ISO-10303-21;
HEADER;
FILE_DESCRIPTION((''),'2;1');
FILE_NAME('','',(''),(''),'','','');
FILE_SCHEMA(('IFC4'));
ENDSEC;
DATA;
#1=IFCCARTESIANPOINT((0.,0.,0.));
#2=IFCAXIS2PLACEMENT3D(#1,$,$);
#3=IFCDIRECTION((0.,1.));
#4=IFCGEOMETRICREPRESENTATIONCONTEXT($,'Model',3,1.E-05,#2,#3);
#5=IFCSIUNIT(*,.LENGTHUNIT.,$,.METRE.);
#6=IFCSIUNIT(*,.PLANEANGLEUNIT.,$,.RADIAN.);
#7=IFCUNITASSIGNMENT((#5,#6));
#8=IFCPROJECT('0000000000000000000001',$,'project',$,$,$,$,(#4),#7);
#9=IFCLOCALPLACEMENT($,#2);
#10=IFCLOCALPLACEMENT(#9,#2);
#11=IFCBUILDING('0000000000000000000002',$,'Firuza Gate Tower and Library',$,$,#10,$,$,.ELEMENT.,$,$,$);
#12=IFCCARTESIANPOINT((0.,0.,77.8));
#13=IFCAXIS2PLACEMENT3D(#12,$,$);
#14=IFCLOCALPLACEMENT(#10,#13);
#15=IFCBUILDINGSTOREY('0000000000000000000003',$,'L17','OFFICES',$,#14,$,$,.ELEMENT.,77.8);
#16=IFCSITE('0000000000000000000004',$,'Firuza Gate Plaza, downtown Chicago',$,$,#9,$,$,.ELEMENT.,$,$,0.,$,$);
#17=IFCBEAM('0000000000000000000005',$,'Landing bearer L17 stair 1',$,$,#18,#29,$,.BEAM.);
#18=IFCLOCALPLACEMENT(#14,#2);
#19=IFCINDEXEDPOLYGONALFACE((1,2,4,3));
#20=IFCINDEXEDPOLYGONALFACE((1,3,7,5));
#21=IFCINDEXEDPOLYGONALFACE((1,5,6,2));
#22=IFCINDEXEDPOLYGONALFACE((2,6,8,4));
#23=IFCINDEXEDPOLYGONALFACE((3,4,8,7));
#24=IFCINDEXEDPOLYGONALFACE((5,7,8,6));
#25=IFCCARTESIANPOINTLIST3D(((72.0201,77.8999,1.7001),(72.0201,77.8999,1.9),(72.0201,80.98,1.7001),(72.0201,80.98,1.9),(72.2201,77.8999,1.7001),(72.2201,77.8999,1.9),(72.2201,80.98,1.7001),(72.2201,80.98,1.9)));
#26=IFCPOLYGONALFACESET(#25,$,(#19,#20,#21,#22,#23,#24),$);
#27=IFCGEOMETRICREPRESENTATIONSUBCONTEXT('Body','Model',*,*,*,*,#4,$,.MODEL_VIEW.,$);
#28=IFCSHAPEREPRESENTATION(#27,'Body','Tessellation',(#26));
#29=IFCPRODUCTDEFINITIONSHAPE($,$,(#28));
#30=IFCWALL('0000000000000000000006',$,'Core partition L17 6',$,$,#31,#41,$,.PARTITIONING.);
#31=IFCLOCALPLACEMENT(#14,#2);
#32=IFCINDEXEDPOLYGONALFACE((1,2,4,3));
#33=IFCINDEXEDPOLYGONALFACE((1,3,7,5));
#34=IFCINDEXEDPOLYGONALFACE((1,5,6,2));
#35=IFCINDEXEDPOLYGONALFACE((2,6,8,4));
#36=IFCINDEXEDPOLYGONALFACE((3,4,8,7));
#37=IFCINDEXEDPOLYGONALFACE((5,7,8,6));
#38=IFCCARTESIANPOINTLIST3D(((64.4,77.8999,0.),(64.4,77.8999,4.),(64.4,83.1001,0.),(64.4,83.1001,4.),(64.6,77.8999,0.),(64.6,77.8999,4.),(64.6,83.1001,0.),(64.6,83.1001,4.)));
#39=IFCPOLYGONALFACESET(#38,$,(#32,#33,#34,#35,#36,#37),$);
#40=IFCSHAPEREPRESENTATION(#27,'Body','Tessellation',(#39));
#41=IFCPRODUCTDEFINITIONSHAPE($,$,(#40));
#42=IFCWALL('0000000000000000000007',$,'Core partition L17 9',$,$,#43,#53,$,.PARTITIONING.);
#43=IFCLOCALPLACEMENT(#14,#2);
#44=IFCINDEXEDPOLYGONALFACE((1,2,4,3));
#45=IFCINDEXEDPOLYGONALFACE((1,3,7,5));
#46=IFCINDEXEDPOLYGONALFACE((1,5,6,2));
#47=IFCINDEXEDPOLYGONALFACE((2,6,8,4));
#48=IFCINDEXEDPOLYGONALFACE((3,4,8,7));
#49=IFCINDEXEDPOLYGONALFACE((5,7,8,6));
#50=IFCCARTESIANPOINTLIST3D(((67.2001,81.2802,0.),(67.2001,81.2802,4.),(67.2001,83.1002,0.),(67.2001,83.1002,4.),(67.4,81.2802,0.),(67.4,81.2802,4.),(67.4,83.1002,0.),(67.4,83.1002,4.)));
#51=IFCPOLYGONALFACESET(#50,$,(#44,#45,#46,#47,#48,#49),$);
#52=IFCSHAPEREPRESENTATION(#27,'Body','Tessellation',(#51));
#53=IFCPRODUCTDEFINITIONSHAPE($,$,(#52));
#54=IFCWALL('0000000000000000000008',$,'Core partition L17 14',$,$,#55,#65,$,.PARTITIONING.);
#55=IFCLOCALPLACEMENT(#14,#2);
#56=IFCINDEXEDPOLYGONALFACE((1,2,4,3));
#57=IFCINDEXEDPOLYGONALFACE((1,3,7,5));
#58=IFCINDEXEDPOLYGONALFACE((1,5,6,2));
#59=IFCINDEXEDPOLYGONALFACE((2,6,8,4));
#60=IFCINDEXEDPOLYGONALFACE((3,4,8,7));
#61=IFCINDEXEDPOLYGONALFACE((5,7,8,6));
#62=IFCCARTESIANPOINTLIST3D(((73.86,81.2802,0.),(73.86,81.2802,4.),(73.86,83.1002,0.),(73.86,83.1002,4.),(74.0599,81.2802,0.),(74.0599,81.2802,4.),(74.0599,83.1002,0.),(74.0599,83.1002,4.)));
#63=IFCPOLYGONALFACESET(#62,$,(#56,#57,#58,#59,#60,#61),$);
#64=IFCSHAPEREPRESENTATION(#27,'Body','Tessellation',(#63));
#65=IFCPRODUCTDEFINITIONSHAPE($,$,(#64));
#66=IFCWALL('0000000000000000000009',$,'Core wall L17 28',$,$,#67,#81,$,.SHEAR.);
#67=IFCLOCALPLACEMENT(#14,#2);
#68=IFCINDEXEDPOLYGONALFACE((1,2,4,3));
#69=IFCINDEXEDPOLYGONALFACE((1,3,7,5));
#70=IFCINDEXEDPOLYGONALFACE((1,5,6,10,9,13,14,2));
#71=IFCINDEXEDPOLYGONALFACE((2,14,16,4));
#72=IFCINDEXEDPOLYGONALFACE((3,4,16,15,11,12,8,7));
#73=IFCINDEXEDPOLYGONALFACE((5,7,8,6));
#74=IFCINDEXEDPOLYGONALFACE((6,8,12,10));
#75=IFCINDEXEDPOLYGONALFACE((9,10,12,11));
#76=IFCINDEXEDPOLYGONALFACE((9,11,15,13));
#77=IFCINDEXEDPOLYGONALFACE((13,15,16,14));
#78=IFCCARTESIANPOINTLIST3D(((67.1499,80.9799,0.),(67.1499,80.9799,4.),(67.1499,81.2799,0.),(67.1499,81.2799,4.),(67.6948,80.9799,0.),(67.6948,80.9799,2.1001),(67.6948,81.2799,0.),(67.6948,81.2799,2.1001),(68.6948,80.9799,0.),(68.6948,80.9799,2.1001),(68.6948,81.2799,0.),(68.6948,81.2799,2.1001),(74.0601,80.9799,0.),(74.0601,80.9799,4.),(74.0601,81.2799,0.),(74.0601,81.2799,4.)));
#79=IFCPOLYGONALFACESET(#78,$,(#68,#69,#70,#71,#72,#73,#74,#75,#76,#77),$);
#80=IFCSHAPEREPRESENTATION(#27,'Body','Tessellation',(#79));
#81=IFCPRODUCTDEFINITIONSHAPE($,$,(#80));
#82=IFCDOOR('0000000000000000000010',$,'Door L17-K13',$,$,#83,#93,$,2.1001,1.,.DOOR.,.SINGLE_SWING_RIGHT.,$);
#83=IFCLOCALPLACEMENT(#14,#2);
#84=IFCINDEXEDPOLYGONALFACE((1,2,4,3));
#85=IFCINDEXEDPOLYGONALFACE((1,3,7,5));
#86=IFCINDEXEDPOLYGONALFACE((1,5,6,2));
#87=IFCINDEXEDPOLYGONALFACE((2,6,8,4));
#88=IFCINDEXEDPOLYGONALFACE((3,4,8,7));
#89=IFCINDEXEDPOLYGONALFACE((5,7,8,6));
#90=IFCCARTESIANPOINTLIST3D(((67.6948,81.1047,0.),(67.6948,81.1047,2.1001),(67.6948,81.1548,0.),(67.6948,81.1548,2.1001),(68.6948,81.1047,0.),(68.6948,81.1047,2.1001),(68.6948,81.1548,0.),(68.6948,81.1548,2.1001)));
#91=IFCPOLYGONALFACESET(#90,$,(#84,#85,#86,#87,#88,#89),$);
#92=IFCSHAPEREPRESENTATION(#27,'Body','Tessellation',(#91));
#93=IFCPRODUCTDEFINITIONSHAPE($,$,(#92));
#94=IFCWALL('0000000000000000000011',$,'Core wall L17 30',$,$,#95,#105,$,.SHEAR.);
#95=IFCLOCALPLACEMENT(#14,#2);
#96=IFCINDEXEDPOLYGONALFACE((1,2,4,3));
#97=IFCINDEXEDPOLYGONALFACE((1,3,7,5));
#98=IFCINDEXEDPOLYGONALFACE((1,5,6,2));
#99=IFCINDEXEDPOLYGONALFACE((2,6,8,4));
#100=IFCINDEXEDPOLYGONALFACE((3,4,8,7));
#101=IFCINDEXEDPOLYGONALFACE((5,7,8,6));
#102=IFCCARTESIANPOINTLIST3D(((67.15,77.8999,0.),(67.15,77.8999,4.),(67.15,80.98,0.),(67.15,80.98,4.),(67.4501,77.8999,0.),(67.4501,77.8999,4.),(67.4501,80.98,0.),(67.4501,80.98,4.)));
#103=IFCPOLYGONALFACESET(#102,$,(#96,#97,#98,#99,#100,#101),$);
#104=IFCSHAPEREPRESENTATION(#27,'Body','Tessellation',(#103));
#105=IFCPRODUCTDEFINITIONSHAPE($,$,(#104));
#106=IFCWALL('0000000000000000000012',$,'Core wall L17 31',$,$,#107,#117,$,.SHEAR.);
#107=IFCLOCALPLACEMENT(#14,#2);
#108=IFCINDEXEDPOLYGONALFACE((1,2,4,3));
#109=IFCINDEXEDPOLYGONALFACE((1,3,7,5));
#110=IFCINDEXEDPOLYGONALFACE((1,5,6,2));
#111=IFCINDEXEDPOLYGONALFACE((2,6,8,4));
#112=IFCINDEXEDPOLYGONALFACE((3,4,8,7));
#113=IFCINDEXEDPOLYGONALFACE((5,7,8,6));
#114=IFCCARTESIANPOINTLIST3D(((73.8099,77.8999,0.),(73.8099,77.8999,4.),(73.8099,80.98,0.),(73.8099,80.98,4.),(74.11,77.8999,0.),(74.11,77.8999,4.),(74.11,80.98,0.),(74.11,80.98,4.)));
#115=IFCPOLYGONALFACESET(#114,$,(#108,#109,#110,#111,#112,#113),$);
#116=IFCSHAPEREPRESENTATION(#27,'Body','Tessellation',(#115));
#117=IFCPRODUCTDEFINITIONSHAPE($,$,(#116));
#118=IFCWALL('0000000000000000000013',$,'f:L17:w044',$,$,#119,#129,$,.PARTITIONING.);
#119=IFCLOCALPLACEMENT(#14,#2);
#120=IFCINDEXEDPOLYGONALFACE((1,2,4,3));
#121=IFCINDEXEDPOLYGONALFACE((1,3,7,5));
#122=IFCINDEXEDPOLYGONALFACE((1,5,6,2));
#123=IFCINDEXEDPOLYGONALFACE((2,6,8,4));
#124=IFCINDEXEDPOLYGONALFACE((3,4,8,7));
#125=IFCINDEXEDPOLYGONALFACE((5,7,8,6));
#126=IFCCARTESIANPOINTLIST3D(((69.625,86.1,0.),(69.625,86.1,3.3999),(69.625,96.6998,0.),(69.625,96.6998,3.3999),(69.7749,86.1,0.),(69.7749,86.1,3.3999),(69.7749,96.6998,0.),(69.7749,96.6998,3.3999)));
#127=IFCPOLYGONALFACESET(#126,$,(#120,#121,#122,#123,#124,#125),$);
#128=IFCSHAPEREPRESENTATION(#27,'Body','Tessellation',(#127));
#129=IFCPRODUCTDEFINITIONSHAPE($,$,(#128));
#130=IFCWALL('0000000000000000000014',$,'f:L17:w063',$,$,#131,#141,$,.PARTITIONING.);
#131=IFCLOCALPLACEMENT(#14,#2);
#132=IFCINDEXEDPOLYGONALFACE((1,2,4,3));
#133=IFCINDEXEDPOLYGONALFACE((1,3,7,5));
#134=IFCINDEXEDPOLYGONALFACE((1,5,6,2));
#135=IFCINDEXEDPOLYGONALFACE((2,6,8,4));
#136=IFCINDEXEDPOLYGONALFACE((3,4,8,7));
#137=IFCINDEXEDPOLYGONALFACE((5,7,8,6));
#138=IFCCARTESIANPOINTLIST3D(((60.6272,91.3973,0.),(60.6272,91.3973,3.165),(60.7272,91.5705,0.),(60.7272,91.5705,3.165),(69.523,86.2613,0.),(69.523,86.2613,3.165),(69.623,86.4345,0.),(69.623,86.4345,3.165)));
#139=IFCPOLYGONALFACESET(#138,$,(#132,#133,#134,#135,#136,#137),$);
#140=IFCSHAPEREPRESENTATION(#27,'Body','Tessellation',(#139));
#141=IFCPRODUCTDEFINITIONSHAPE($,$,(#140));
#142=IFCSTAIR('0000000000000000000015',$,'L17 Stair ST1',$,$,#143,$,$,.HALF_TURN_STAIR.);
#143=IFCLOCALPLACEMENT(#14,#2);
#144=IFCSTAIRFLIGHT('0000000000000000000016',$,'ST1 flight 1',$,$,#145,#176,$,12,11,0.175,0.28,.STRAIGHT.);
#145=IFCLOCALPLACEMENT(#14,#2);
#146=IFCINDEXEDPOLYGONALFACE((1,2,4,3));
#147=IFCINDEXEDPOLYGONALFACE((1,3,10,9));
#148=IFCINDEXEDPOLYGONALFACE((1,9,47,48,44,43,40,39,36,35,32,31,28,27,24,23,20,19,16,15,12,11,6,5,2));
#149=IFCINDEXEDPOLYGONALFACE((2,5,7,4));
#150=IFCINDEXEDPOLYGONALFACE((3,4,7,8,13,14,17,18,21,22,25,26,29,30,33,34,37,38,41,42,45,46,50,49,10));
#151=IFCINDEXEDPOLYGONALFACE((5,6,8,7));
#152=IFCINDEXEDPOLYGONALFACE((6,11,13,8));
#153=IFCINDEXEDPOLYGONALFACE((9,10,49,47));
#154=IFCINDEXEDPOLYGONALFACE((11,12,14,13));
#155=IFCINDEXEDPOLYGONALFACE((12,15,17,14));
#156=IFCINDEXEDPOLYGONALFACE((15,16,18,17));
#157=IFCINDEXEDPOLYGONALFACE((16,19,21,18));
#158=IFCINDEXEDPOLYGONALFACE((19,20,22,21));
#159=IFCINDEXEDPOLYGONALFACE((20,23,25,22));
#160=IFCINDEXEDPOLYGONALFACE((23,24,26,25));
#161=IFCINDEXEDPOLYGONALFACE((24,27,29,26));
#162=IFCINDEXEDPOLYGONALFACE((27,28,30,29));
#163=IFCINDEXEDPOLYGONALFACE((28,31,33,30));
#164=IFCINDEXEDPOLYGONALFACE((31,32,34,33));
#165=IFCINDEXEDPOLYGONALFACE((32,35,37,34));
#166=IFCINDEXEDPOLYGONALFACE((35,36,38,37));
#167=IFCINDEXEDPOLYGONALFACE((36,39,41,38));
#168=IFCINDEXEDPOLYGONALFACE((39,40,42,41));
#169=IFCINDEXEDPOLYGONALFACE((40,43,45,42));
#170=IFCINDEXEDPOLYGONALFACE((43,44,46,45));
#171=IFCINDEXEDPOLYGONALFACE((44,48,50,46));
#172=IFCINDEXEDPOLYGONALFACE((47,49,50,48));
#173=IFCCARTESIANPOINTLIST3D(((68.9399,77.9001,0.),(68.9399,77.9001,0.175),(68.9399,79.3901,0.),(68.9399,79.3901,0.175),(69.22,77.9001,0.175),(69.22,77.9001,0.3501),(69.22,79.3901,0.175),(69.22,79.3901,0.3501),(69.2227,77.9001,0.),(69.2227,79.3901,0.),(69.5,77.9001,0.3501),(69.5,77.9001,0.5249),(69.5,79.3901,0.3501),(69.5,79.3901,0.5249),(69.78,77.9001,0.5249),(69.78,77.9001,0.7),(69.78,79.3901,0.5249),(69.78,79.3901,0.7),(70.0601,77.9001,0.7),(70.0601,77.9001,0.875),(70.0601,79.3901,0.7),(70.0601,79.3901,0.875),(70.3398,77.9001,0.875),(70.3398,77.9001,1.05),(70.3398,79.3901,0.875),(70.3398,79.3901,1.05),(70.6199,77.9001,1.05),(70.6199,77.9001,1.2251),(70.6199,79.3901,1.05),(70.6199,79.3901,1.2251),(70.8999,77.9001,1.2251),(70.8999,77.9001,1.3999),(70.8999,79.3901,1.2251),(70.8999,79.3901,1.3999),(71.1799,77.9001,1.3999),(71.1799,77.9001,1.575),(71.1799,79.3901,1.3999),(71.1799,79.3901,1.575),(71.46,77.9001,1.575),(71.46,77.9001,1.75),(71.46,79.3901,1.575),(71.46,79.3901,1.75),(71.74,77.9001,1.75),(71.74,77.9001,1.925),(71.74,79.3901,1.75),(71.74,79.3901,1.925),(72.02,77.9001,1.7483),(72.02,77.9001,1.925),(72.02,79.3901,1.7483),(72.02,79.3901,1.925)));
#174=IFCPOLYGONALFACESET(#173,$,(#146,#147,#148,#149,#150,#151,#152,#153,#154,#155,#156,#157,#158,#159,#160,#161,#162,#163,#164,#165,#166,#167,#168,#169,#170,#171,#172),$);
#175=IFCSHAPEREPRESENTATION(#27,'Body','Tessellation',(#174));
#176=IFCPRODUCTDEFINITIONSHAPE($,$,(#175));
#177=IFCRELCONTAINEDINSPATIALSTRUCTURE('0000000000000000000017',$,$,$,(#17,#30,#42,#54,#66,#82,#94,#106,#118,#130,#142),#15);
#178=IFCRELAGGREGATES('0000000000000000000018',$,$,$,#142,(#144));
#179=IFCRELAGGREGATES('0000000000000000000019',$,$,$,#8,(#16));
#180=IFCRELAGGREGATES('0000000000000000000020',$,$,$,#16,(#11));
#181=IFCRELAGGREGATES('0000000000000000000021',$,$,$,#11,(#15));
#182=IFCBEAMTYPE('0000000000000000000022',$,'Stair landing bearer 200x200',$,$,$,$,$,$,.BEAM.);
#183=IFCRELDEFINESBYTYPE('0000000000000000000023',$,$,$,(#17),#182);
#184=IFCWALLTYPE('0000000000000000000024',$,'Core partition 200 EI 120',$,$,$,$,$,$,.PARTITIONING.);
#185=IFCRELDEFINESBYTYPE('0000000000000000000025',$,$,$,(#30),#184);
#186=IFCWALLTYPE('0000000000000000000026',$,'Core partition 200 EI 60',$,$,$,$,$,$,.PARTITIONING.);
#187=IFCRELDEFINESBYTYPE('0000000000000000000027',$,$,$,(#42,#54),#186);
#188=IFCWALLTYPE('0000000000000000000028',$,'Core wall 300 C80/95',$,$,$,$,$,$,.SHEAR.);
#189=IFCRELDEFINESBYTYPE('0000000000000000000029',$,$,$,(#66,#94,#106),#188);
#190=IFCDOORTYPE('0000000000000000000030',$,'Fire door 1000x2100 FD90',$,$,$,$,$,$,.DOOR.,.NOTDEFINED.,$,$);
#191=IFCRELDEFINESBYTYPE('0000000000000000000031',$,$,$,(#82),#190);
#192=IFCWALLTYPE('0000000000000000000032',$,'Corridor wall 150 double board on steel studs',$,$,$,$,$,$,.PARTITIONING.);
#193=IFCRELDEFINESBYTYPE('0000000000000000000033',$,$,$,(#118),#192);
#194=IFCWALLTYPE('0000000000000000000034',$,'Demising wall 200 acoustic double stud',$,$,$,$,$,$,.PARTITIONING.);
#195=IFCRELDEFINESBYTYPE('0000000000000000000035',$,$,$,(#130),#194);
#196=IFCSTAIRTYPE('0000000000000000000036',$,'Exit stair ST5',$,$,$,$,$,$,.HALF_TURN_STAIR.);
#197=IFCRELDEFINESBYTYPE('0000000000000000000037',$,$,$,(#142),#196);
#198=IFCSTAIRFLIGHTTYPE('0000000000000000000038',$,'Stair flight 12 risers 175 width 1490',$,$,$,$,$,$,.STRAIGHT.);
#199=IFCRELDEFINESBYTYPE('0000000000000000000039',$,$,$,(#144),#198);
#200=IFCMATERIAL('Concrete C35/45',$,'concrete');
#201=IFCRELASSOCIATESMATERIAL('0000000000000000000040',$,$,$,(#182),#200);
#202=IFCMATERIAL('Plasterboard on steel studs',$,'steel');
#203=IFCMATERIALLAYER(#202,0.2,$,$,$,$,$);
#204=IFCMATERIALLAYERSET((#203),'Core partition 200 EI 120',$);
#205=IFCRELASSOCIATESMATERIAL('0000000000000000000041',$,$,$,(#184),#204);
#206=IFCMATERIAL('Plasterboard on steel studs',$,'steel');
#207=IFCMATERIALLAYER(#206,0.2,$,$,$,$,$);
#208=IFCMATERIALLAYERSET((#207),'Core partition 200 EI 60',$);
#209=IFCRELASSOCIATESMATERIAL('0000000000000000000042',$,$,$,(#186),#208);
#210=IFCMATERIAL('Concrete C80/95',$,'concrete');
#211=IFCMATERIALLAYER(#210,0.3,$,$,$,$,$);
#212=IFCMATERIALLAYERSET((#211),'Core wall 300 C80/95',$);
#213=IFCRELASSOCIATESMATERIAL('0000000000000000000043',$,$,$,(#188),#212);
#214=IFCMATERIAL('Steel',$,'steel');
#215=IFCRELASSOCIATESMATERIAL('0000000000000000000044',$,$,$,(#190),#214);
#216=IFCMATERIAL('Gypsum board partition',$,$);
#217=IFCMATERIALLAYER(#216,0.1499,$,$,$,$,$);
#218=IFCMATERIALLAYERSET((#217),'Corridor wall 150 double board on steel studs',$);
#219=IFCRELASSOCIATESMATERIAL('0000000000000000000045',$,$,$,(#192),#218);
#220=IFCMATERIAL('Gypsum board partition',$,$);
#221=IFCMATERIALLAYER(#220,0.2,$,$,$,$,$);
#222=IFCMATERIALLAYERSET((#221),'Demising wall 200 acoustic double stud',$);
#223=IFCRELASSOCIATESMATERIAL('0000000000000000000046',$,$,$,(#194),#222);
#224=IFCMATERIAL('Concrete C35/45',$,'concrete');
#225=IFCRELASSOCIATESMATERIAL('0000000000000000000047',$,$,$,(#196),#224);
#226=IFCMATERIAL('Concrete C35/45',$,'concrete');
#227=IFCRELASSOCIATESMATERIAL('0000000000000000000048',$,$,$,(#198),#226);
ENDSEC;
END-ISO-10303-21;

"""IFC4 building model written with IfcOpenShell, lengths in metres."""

from ifc_helpers import new_model, si_unit, direction, frame, frame_2d, origin, origin_2d, place, context, subcontext, project, spatial, polyline, rectangle, outline, extrude, material, layer, layer_set, material_profile, profile_set, type_object, element, fill, aggregate, save


model = new_model("IFC4")

# Units and contexts
model_context = context("Model", 3, precision=1e-05, world=origin(), true_north=direction((0.0, 1.0)))
body_context = subcontext(model_context, "Body", "Model", "MODEL_VIEW")
ifc_project = project(units=[si_unit("LENGTHUNIT", "METRE"), si_unit("PLANEANGLEUNIT", "RADIAN")], contexts=[model_context])

# Site, building, storey
site_placement = place(None, origin())
site = spatial("IfcSite", under=ifc_project, at=site_placement, Name="Firuza Gate Plaza, downtown Chicago", CompositionType="ELEMENT", RefElevation=0.0)
building_placement = place(site_placement, origin())
building = spatial("IfcBuilding", under=site, at=building_placement, Name="Firuza Gate Tower and Library", CompositionType="ELEMENT")
storey_placement = place(building_placement, frame((0.0, 0.0, 77.8)))
storey = spatial("IfcBuildingStorey", under=building, at=storey_placement, Name="L17", Description="OFFICES", CompositionType="ELEMENT", Elevation=77.8)

# Beam
ifc_material_1 = material(Name="Concrete C35/45", Category="concrete")
ifc_material_profile = material_profile(ifc_material_1, rectangle(XDim=0.2, YDim=0.2, at=origin_2d()))
ifc_profile_set = profile_set([ifc_material_profile], Name="Concrete C35/45")
beam_type = type_object("IfcBeamType", Name="Stair landing bearer 200x200", PredefinedType="BEAM", material=ifc_profile_set)
beam_placement = place(storey_placement, frame((72.1201, 77.8999, 1.8), z_axis=(0.0, 1.0, 0.0), x_axis=(-1.0, 0.0, 0.0)))
element("IfcBeam", 1, at=beam_placement, inside=storey, type_object=beam_type, Name="Landing bearer L17 stair 1", PredefinedType="BEAM", context=body_context, shape_type="SweptSolid", body=[
    extrude(rectangle(XDim=0.2, YDim=0.2, at=origin_2d()), origin(), (0.0, 0.0, 1.0), 3.0801),
])

# Walls
ifc_material_2 = material(Name="Plasterboard on steel studs", Category="steel")
ifc_layer_1 = layer(ifc_material_2, 0.2)
ifc_layer_set_1 = layer_set([ifc_layer_1], Name="Core partition 200 EI 120")
wall_type_1 = type_object("IfcWallType", Name="Core partition 200 EI 120", PredefinedType="PARTITIONING", material=ifc_layer_set_1)
wall_1_placement = place(storey_placement, frame((64.5, 77.8999, 0.0), z_axis=(0.0, 0.0, 1.0), x_axis=(0.0, 1.0, 0.0)))
element("IfcWall", 2, at=wall_1_placement, inside=storey, type_object=wall_type_1, Name="Core partition L17 6", PredefinedType="PARTITIONING", context=body_context, shape_type="SweptSolid", body=[
    extrude(rectangle(XDim=5.2002, YDim=0.2, at=frame_2d((2.6001, 0.0))), origin(), (0.0, 0.0, 1.0), 4.0),
])
ifc_material_3 = material(Name="Plasterboard on steel studs", Category="steel")
ifc_layer_2 = layer(ifc_material_3, 0.2)
ifc_layer_set_2 = layer_set([ifc_layer_2], Name="Core partition 200 EI 60")
wall_type_2 = type_object("IfcWallType", Name="Core partition 200 EI 60", PredefinedType="PARTITIONING", material=ifc_layer_set_2)
for number, where, z_axis, x_axis, name in (
    (3, (67.3, 81.28, 0.0), (0.0, 0.0, 1.0), (0.0, 1.0, 0.0), "Core partition L17 9"),
    (4, (73.96, 81.28, 0.0), (0.0, 0.0, 1.0), (0.0, 1.0, 0.0), "Core partition L17 14"),
):
    element("IfcWall", number, at=place(storey_placement, frame(where, z_axis=z_axis, x_axis=x_axis)), inside=storey, type_object=wall_type_2, Name=name, PredefinedType="PARTITIONING", context=body_context, shape_type="SweptSolid", body=[
        extrude(rectangle(XDim=1.8201, YDim=0.2, at=frame_2d((0.9102, 0.0))), origin(), (0.0, 0.0, 1.0), 4.0),
    ])

# Wall, opening, door
ifc_material_4 = material(Name="Concrete C80/95", Category="concrete")
ifc_layer_3 = layer(ifc_material_4, 0.3)
ifc_layer_set_3 = layer_set([ifc_layer_3], Name="Core wall 300 C80/95")
wall_type_3 = type_object("IfcWallType", Name="Core wall 300 C80/95", PredefinedType="SHEAR", material=ifc_layer_set_3)
wall_2_placement = place(storey_placement, frame((67.1499, 81.1299, 0.0), z_axis=(0.0, 0.0, 1.0), x_axis=(1.0, 0.0, 0.0)))
wall_2 = element("IfcWall", 5, at=wall_2_placement, inside=storey, type_object=wall_type_3, Name="Core wall L17 28", PredefinedType="SHEAR", context=body_context, shape_type="SweptSolid", body=[
    extrude(rectangle(XDim=6.9102, YDim=0.3, at=frame_2d((3.4551, 0.0))), origin(), (0.0, 0.0, 1.0), 4.0),
])
opening_placement = place(wall_2_placement, frame((0.5449, 0.0, 0.0)))
opening = element("IfcOpeningElement", 6, at=opening_placement, cuts=wall_2, PredefinedType="OPENING", context=body_context, shape_type="SweptSolid", body=[
    extrude(rectangle(XDim=1.0, YDim=2.1001, at=frame_2d((0.5, 1.05))), frame((0.0, 0.1602, 0.0), z_axis=(0.0, -1.0, 0.0), x_axis=(1.0, 0.0, 0.0)), (0.0, 0.0, 1.0), 0.3201),
])
ifc_material_5 = material(Name="Steel", Category="steel")
door_type = type_object("IfcDoorType", Name="Fire door 1000x2100 FD90", OperationType="NOTDEFINED", PredefinedType="DOOR", material=ifc_material_5)
door_placement = place(opening_placement, origin())
door = element("IfcDoor", 7, at=door_placement, inside=storey, type_object=door_type, Name="Door L17-K13", OperationType="SINGLE_SWING_RIGHT", OverallHeight=2.1001, OverallWidth=1.0, PredefinedType="DOOR", context=body_context, shape_type="SweptSolid", body=[
    extrude(rectangle(XDim=1.0, YDim=2.1001, at=frame_2d((0.5, 1.05))), frame((0.0, 0.0249, 0.0), z_axis=(0.0, -1.0, 0.0), x_axis=(1.0, 0.0, 0.0)), (0.0, 0.0, 1.0), 0.05),
])
fill(opening, door)

# Walls
for number, where, z_axis, x_axis, name in (
    (8, (67.3, 77.8999, 0.0), (0.0, 0.0, 1.0), (0.0, 1.0, 0.0), "Core wall L17 30"),
    (9, (73.96, 77.8999, 0.0), (0.0, 0.0, 1.0), (0.0, 1.0, 0.0), "Core wall L17 31"),
):
    element("IfcWall", number, at=place(storey_placement, frame(where, z_axis=z_axis, x_axis=x_axis)), inside=storey, type_object=wall_type_3, Name=name, PredefinedType="SHEAR", context=body_context, shape_type="SweptSolid", body=[
        extrude(rectangle(XDim=3.0801, YDim=0.3, at=frame_2d((1.54, 0.0))), origin(), (0.0, 0.0, 1.0), 4.0),
    ])
ifc_material_6 = material(Name="Gypsum board partition")
ifc_layer_4 = layer(ifc_material_6, 0.1499)
ifc_layer_set_4 = layer_set([ifc_layer_4], Name="Corridor wall 150 double board on steel studs")
wall_type_4 = type_object("IfcWallType", Name="Corridor wall 150 double board on steel studs", PredefinedType="PARTITIONING", material=ifc_layer_set_4)
wall_3_placement = place(storey_placement, frame((69.7, 86.1001, 0.0), z_axis=(0.0, 0.0, 1.0), x_axis=(0.0, 1.0, 0.0)))
element("IfcWall", 10, at=wall_3_placement, inside=storey, type_object=wall_type_4, Name="f:L17:w044", PredefinedType="PARTITIONING", context=body_context, shape_type="SweptSolid", body=[
    extrude(rectangle(XDim=10.5999, YDim=0.1499, at=frame_2d((5.2998, 0.0))), origin(), (0.0, 0.0, 1.0), 3.3999),
])
ifc_material_7 = material(Name="Gypsum board partition")
ifc_layer_5 = layer(ifc_material_7, 0.2)
ifc_layer_set_5 = layer_set([ifc_layer_5], Name="Demising wall 200 acoustic double stud")
wall_type_5 = type_object("IfcWallType", Name="Demising wall 200 acoustic double stud", PredefinedType="PARTITIONING", material=ifc_layer_set_5)
wall_4_placement = place(storey_placement, frame((69.573, 86.3479, 0.0), z_axis=(0.0, 0.0, 1.0), x_axis=(-0.866024, 0.500002, 0.0)))
element("IfcWall", 11, at=wall_4_placement, inside=storey, type_object=wall_type_5, Name="f:L17:w063", PredefinedType="PARTITIONING", context=body_context, shape_type="SweptSolid", body=[
    extrude(rectangle(XDim=10.272, YDim=0.2, at=frame_2d((5.136, 0.0))), origin(), (0.0, 0.0, 1.0), 3.165),
])

# Stair, stair flight
ifc_material_8 = material(Name="Concrete C35/45", Category="concrete")
stair_type = type_object("IfcStairType", Name="Exit stair ST5", PredefinedType="HALF_TURN_STAIR", material=ifc_material_8)
stair_placement = place(storey_placement, origin())
stair = element("IfcStair", 12, at=stair_placement, inside=storey, type_object=stair_type, Name="L17 Stair ST1", PredefinedType="HALF_TURN_STAIR")
ifc_material_9 = material(Name="Concrete C35/45", Category="concrete")
stair_flight_type = type_object("IfcStairFlightType", Name="Stair flight 12 risers 175 width 1490", PredefinedType="STRAIGHT", material=ifc_material_9)
stair_flight_1_placement = place(storey_placement, frame((68.9399, 78.645, 0.0), z_axis=(0.0, 0.0, 1.0), x_axis=(1.0, 0.0, 0.0)))
stair_flight_1 = element("IfcStairFlight", 13, at=stair_flight_1_placement, type_object=stair_flight_type, Name="ST1 flight 1", NumberOfRisers=12, NumberOfTreads=11, PredefinedType="STRAIGHT", RiserHeight=0.175, TreadLength=0.28, context=body_context, shape_type="SweptSolid", body=[
    extrude(outline(polyline([(0.0, 0.0), (0.0, 0.175), (0.28, 0.175), (0.28, 0.3501), (0.5601, 0.3501), (0.5601, 0.5249), (0.8401, 0.5249), (0.8401, 0.7), (1.1201, 0.7), (1.1201, 0.875), (1.3999, 0.875), (1.3999, 1.05), (1.6799, 1.05), (1.6799, 1.2251), (1.96, 1.2251), (1.96, 1.3999), (2.24, 1.3999), (2.24, 1.575), (2.52, 1.575), (2.52, 1.75), (2.8, 1.75), (2.8, 1.925), (3.0801, 1.925), (3.0801, 2.1001), (3.0801, 1.7483), (0.2827, 0.0), (0.0, 0.0)])), frame((0.0, 0.7451, 0.0), z_axis=(0.0, -1.0, 0.0), x_axis=(1.0, 0.0, 0.0)), (0.0, 0.0, 1.0), 1.49),
])
aggregate(stair, [stair_flight_1])

save(model, "model.ifc")
